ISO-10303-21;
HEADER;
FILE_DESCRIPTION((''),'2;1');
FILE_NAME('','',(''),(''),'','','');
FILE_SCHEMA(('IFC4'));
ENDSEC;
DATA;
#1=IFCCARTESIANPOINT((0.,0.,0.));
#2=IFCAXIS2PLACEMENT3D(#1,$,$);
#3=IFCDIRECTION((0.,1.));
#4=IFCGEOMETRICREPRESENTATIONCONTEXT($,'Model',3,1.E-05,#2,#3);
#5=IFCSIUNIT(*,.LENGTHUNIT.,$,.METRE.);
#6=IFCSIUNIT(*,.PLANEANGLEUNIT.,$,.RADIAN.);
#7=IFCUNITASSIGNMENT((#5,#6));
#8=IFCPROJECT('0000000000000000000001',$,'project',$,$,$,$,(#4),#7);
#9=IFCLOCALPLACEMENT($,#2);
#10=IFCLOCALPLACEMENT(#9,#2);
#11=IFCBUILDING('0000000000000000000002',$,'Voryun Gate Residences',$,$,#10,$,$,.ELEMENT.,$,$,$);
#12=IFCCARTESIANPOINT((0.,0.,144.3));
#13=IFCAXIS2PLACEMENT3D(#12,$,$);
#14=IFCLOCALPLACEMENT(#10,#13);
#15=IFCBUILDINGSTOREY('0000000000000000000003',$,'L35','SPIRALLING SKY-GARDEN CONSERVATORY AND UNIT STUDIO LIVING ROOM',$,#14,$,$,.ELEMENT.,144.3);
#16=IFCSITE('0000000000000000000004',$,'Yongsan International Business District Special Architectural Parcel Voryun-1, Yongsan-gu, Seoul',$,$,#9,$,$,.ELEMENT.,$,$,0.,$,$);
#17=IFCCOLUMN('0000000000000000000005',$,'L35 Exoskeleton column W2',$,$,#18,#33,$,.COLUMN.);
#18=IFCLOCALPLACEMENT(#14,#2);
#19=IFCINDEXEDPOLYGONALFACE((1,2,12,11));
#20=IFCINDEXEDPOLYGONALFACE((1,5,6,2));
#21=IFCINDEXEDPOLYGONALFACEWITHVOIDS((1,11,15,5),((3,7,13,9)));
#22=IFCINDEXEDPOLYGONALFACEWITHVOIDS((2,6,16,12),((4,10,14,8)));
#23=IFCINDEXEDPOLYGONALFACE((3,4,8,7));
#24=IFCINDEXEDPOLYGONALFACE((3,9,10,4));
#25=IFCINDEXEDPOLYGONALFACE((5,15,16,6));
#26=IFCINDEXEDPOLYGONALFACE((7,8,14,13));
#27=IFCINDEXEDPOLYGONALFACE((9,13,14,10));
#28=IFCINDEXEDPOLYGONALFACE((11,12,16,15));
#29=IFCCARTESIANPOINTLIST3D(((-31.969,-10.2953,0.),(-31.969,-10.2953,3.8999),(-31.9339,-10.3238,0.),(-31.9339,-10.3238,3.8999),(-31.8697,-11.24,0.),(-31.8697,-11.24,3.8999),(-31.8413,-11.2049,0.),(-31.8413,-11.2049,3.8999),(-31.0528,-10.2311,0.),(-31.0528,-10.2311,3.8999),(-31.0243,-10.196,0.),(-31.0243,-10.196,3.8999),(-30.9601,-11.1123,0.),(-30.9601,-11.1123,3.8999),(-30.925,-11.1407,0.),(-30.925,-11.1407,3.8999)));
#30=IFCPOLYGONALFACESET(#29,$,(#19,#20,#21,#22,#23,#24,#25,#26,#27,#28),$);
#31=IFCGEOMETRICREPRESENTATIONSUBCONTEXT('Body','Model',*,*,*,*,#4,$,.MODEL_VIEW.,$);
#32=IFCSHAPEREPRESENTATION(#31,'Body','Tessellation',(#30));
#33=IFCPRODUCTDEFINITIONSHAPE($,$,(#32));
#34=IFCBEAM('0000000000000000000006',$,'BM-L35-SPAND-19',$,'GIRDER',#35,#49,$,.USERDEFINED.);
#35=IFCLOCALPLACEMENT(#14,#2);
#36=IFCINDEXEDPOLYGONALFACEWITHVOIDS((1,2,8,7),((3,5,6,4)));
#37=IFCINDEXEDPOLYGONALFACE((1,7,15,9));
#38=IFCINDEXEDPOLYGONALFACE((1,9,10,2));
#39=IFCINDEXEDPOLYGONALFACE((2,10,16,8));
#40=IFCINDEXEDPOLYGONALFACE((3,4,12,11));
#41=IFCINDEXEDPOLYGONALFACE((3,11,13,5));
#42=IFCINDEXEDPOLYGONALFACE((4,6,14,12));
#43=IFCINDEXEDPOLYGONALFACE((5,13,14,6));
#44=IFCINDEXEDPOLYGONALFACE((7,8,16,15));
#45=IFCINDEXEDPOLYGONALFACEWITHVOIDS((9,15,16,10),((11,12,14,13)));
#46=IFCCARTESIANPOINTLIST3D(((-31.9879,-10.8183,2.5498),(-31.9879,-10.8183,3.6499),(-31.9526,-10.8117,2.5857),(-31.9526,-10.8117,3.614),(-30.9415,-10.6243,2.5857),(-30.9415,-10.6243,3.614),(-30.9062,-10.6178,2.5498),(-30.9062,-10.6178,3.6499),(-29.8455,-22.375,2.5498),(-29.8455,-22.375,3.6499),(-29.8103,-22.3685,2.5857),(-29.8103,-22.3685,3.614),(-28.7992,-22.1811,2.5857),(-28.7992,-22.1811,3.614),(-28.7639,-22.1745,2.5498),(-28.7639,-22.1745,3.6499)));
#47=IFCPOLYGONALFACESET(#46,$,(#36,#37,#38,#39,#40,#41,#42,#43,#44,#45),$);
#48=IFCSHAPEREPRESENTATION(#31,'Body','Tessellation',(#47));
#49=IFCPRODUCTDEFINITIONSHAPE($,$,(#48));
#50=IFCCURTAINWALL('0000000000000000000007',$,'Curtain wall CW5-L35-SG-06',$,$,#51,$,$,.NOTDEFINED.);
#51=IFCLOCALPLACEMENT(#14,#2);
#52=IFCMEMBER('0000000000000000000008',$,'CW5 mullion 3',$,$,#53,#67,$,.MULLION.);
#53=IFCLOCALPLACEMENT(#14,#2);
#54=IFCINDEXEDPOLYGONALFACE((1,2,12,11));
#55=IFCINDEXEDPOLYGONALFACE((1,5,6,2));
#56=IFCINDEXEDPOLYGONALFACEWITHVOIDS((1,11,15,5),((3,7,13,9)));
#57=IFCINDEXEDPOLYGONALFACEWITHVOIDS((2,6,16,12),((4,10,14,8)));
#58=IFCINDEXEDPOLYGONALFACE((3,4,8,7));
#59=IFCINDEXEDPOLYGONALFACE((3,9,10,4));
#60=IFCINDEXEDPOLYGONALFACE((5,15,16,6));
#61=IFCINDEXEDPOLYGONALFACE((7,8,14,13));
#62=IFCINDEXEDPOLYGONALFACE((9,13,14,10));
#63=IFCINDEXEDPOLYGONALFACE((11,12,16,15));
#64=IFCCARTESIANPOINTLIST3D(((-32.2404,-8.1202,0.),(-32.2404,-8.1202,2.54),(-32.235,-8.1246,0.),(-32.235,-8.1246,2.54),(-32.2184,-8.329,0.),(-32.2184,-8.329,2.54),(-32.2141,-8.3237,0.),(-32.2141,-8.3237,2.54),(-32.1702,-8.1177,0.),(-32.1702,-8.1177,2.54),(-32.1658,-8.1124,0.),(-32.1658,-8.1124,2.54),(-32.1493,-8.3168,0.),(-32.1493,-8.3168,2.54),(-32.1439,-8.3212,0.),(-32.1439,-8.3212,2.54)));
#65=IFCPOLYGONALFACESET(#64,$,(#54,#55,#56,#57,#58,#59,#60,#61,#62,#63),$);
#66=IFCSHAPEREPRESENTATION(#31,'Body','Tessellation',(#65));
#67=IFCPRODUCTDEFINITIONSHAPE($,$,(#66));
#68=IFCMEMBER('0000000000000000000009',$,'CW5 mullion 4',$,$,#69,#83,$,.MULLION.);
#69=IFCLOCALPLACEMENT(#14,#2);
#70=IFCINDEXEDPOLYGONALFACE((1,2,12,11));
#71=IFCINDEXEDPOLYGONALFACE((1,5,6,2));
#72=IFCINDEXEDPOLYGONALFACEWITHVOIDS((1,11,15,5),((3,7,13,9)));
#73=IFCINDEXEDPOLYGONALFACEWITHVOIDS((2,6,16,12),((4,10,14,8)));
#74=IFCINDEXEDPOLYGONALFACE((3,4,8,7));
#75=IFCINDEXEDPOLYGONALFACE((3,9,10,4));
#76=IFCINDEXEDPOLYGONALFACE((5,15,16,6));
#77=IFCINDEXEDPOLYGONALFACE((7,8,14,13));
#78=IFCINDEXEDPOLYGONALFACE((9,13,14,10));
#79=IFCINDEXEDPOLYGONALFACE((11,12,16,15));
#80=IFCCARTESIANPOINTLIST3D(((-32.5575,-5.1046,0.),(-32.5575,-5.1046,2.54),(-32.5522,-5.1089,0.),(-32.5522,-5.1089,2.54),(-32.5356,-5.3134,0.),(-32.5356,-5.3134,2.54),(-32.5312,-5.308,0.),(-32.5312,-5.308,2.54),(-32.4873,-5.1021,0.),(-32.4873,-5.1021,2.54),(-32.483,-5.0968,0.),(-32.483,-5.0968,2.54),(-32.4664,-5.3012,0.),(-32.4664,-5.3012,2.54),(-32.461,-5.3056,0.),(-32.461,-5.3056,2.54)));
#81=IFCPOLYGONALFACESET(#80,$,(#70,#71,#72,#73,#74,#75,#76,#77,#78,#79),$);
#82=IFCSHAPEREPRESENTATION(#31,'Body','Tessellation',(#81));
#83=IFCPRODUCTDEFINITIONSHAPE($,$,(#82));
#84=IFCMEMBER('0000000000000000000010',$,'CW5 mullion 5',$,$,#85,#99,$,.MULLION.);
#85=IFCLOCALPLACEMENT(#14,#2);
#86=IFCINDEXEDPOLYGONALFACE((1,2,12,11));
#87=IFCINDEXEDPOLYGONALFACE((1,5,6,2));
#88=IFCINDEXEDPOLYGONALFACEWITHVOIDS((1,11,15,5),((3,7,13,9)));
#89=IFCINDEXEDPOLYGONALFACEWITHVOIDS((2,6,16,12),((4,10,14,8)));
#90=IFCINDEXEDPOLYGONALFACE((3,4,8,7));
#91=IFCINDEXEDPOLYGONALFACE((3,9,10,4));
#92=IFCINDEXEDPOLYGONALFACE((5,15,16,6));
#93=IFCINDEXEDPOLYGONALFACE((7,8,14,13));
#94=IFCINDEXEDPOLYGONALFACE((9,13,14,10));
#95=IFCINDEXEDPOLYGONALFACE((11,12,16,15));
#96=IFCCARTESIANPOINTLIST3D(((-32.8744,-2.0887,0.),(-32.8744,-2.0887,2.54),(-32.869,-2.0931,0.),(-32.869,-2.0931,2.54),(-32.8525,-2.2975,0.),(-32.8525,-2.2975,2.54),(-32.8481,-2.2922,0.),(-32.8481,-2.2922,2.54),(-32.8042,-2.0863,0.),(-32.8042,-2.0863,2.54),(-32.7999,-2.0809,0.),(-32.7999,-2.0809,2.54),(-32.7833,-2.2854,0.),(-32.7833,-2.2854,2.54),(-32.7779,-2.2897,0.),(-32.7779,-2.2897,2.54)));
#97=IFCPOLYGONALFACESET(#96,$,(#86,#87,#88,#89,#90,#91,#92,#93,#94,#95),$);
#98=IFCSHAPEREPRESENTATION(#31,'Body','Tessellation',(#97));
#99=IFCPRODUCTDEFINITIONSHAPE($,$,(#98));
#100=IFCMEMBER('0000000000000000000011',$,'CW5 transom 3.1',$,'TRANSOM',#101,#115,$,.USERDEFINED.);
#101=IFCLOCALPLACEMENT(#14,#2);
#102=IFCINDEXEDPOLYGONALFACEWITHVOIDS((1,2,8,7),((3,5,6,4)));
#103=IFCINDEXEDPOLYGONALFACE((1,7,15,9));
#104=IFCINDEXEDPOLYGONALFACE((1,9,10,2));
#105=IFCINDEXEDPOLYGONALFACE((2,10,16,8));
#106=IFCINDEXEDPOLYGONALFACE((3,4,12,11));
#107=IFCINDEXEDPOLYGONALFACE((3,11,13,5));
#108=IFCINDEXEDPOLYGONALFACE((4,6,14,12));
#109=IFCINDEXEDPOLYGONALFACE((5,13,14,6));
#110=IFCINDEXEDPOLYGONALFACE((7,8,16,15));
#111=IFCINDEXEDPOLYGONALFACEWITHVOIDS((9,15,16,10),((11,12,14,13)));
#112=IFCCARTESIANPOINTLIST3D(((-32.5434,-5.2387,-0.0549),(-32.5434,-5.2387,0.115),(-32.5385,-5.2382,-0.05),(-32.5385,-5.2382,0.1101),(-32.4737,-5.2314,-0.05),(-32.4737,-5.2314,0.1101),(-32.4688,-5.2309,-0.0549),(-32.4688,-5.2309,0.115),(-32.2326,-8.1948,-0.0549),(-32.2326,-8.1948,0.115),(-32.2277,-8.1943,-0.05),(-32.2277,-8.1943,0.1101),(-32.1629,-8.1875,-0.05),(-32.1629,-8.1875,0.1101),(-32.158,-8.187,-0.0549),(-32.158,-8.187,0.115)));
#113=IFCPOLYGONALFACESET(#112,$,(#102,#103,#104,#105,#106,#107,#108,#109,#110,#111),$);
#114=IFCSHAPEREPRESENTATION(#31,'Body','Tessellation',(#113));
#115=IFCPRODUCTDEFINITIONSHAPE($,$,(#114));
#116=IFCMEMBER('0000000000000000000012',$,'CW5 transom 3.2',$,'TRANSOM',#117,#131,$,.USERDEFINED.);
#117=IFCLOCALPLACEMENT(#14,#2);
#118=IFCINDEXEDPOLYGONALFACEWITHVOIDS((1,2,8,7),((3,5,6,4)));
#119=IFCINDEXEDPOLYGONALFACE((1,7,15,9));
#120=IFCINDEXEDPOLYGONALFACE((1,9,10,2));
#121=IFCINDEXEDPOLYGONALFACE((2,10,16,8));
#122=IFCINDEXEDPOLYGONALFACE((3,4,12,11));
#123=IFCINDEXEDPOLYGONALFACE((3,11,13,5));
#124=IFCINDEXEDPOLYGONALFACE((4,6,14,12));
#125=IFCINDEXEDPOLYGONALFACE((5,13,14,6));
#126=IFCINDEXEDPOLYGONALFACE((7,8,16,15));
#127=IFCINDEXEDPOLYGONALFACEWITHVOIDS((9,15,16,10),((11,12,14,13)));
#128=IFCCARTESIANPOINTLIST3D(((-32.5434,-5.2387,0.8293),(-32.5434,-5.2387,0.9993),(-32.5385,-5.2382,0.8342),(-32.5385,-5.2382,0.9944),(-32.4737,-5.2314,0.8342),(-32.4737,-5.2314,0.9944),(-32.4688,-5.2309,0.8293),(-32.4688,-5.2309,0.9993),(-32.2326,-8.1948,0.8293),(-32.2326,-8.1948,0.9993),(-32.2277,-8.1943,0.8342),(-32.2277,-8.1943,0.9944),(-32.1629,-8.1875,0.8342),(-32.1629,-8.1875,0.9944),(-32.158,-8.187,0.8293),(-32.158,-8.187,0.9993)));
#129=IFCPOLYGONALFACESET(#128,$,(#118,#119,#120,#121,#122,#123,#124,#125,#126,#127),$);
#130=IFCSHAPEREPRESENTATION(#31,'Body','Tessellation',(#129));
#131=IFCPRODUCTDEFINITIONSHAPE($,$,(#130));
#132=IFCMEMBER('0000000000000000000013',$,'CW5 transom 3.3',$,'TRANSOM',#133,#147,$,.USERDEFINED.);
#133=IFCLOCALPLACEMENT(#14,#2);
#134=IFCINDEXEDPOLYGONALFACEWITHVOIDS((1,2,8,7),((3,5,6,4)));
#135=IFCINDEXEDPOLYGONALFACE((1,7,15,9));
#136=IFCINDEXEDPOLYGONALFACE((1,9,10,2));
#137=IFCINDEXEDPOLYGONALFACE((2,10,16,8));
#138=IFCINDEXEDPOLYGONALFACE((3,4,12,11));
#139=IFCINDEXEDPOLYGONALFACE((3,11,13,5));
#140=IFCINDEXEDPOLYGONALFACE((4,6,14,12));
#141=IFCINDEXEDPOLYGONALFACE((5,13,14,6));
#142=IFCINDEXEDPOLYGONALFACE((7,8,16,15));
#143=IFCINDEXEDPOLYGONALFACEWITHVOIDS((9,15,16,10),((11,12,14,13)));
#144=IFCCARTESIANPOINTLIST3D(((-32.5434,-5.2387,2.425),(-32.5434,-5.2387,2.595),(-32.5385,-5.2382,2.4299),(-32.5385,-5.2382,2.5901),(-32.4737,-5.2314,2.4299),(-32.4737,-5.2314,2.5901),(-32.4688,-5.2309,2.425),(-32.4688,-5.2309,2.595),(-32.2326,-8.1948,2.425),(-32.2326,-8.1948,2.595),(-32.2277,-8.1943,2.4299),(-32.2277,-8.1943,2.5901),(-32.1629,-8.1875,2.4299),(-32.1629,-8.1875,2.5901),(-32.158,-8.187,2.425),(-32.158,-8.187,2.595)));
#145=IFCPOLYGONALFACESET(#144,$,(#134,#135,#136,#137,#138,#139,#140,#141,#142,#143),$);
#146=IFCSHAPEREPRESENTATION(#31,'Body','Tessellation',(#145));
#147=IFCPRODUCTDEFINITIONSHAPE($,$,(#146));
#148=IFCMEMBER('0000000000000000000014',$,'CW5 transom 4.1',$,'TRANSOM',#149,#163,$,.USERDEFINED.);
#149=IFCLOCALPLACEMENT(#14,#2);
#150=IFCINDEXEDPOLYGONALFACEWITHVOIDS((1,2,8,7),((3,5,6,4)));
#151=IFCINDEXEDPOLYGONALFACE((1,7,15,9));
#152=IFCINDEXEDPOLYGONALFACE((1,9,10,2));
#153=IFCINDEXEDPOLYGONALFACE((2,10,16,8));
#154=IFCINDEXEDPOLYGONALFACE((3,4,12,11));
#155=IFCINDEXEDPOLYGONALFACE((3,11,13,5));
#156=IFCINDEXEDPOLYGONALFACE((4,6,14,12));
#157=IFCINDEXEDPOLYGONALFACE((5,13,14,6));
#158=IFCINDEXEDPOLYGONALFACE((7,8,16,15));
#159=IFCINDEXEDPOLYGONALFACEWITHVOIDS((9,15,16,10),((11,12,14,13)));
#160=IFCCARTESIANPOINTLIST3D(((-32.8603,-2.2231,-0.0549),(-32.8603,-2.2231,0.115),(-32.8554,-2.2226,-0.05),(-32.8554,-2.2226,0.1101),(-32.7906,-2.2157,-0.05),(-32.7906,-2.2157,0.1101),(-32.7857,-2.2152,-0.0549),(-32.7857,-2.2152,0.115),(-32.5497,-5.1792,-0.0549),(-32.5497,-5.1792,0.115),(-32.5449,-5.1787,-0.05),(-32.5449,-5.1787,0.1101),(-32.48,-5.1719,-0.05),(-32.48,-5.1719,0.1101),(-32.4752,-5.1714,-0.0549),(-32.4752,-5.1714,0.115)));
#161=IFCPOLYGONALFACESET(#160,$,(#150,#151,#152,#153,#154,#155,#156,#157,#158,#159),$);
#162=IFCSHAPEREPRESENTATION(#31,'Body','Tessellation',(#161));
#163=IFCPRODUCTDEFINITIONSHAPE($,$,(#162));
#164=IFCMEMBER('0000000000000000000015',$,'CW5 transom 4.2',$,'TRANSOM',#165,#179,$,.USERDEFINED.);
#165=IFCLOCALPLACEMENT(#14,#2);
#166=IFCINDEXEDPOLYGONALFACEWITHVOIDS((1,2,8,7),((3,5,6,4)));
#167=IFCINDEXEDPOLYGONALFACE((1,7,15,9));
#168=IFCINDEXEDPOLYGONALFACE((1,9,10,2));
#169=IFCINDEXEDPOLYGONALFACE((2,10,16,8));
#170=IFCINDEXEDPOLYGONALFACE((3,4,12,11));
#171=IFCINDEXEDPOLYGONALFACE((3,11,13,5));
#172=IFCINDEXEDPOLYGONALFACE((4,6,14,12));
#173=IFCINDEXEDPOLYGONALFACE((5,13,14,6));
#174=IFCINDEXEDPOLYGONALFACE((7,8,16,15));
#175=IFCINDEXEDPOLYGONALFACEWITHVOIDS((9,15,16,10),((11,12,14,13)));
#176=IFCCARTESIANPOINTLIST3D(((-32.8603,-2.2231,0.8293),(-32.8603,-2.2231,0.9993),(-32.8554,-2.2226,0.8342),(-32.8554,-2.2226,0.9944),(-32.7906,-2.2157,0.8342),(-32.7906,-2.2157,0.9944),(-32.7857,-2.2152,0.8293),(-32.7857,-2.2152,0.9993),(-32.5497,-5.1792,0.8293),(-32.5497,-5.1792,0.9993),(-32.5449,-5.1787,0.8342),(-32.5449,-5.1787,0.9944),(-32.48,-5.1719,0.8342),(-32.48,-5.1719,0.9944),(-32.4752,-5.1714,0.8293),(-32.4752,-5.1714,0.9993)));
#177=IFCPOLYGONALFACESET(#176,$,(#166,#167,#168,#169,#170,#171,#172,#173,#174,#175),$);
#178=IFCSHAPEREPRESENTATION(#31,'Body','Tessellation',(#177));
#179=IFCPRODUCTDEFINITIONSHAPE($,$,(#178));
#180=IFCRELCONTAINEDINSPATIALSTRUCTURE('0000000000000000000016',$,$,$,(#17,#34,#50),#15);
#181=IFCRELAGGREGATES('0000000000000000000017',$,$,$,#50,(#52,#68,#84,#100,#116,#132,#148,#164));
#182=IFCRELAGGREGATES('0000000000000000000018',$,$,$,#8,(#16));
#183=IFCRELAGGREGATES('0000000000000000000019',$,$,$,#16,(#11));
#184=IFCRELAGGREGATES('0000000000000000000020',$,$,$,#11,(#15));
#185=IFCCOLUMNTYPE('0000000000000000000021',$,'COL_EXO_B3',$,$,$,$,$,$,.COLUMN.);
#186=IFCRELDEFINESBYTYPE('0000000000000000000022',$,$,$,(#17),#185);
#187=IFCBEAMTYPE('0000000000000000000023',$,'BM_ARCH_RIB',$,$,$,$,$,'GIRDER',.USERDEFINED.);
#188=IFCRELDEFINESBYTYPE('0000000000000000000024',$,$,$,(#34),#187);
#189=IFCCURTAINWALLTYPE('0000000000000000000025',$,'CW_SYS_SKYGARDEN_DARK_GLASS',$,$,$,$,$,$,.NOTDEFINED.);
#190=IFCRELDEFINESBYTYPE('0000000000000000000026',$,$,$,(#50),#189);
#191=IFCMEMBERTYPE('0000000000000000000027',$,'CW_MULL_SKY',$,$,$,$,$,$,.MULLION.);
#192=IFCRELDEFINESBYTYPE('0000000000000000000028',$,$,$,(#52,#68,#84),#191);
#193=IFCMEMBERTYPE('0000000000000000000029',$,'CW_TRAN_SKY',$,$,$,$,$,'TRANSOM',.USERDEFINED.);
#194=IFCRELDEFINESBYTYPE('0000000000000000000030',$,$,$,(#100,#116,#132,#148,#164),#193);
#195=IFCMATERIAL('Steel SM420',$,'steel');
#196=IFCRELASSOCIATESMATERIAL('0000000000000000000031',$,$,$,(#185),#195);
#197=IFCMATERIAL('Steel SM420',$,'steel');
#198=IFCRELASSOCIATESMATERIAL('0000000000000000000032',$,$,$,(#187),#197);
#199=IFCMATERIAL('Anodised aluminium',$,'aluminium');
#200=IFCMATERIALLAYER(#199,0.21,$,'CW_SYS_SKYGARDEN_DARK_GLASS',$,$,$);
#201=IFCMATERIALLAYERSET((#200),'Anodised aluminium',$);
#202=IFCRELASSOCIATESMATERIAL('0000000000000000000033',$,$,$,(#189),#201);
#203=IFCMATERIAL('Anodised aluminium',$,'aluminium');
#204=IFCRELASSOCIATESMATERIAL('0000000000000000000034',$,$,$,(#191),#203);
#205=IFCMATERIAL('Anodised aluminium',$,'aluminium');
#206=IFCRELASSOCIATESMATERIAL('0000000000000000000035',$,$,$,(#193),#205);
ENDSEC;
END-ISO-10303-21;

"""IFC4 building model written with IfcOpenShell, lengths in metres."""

from ifc_helpers import new_model, si_unit, direction, frame, origin, origin_2d, place, context, subcontext, project, spatial, hollow_rectangle, extrude, material, layer, layer_set, material_profile, profile_set, type_object, element, aggregate, save


model = new_model("IFC4")

# Units and contexts
model_context = context("Model", 3, precision=1e-05, world=origin(), true_north=direction((0.0, 1.0)))
body_context = subcontext(model_context, "Body", "Model", "MODEL_VIEW")
ifc_project = project(units=[si_unit("LENGTHUNIT", "METRE"), si_unit("PLANEANGLEUNIT", "RADIAN")], contexts=[model_context])

# Site, building, storey
site_placement = place(None, origin())
site = spatial("IfcSite", under=ifc_project, at=site_placement, Name="Yongsan International Business District Special Architectural Parcel Voryun-1, Yongsan-gu, Seoul", CompositionType="ELEMENT", RefElevation=0.0)
building_placement = place(site_placement, origin())
building = spatial("IfcBuilding", under=site, at=building_placement, Name="Voryun Gate Residences", CompositionType="ELEMENT")
storey_placement = place(building_placement, frame((0.0, 0.0, 144.3)))
storey = spatial("IfcBuildingStorey", under=building, at=storey_placement, Name="L35", Description="SPIRALLING SKY-GARDEN CONSERVATORY AND UNIT STUDIO LIVING ROOM", CompositionType="ELEMENT", Elevation=144.3)

# Column
ifc_material_1 = material(Name="Steel SM420", Category="steel")
ifc_material_profile_1 = material_profile(ifc_material_1, hollow_rectangle(XDim=0.95, YDim=0.95, WallThickness=0.032, at=origin_2d()), Name="BOX-950x950x32")
ifc_profile_set_1 = profile_set([ifc_material_profile_1], Name="Steel SM420")
column_type = type_object("IfcColumnType", Name="COL_EXO_B3", PredefinedType="COLUMN", material=ifc_profile_set_1)
column_placement = place(storey_placement, frame((-31.447, -10.718, 0.0), z_axis=(0.0, 0.0, 1.0), x_axis=(0.994522, 0.104528, 0.0)))
element("IfcColumn", 1, at=column_placement, inside=storey, type_object=column_type, Name="L35 Exoskeleton column W2", PredefinedType="COLUMN", context=body_context, shape_type="SweptSolid", body=[
    extrude(hollow_rectangle(XDim=0.95, YDim=0.95, WallThickness=0.032, at=origin_2d()), origin(), (0.0, 0.0, 1.0), 3.8999),
])

# Beam
ifc_material_2 = material(Name="Steel SM420", Category="steel")
ifc_material_profile_2 = material_profile(ifc_material_2, hollow_rectangle(XDim=1.1001, YDim=1.1001, WallThickness=0.0359, at=origin_2d()), Name="BOX-1100x1100x36")
ifc_profile_set_2 = profile_set([ifc_material_profile_2], Name="Steel SM420")
beam_type = type_object("IfcBeamType", Name="BM_ARCH_RIB", ElementType="GIRDER", PredefinedType="USERDEFINED", material=ifc_profile_set_2)
beam_placement = place(storey_placement, frame((-31.447, -10.718, 3.0999), z_axis=(0.182268, -0.983249, 0.0), x_axis=(0.983249, 0.182268, 0.0)))
element("IfcBeam", 2, at=beam_placement, inside=storey, type_object=beam_type, Name="BM-L35-SPAND-19", ObjectType="GIRDER", PredefinedType="USERDEFINED", context=body_context, shape_type="SweptSolid", body=[
    extrude(hollow_rectangle(XDim=1.1001, YDim=1.1001, WallThickness=0.0359, at=origin_2d()), origin(), (0.0, 0.0, 1.0), 11.7537),
])

# Curtain wall, members
ifc_material_3 = material(Name="Anodised aluminium", Category="aluminium")
ifc_layer_1 = layer(ifc_material_3, 0.21, Name="CW_SYS_SKYGARDEN_DARK_GLASS")
ifc_layer_set_1 = layer_set([ifc_layer_1], Name="Anodised aluminium")
curtain_wall_type = type_object("IfcCurtainWallType", Name="CW_SYS_SKYGARDEN_DARK_GLASS", PredefinedType="NOTDEFINED", material=ifc_layer_set_1)
curtain_wall_placement = place(storey_placement, origin())
curtain_wall = element("IfcCurtainWall", 3, at=curtain_wall_placement, inside=storey, type_object=curtain_wall_type, Name="Curtain wall CW5-L35-SG-06", PredefinedType="NOTDEFINED")
ifc_material_4 = material(Name="Anodised aluminium", Category="aluminium")
ifc_material_profile_3 = material_profile(ifc_material_4, hollow_rectangle(XDim=0.075, YDim=0.21, WallThickness=0.0049, at=origin_2d()), Name="ALU-MULL-210x75x5")
ifc_profile_set_3 = profile_set([ifc_material_profile_3], Name="Anodised aluminium")
member_type_1 = type_object("IfcMemberType", Name="CW_MULL_SKY", PredefinedType="MULLION", material=ifc_profile_set_3)
member_1_placement = place(storey_placement, frame((-32.1921, -8.2207, 0.0), z_axis=(0.0, 0.0, 1.0), x_axis=(-0.994522, -0.10453, 0.0)))
member_1 = element("IfcMember", 4, at=member_1_placement, type_object=member_type_1, Name="CW5 mullion 3", PredefinedType="MULLION", context=body_context, shape_type="SweptSolid", body=[
    extrude(hollow_rectangle(XDim=0.075, YDim=0.21, WallThickness=0.0049, at=origin_2d()), origin(), (0.0, 0.0, 1.0), 2.54),
])
member_2_placement = place(storey_placement, frame((-32.5093, -5.2051, 0.0), z_axis=(0.0, 0.0, 1.0), x_axis=(-0.994522, -0.10453, 0.0)))
member_2 = element("IfcMember", 5, at=member_2_placement, type_object=member_type_1, Name="CW5 mullion 4", PredefinedType="MULLION", context=body_context, shape_type="SweptSolid", body=[
    extrude(hollow_rectangle(XDim=0.075, YDim=0.21, WallThickness=0.0049, at=origin_2d()), origin(), (0.0, 0.0, 1.0), 2.54),
])
member_3_placement = place(storey_placement, frame((-32.8262, -2.1892, 0.0), z_axis=(0.0, 0.0, 1.0), x_axis=(-0.994522, -0.10453, 0.0)))
member_3 = element("IfcMember", 6, at=member_3_placement, type_object=member_type_1, Name="CW5 mullion 5", PredefinedType="MULLION", context=body_context, shape_type="SweptSolid", body=[
    extrude(hollow_rectangle(XDim=0.075, YDim=0.21, WallThickness=0.0049, at=origin_2d()), origin(), (0.0, 0.0, 1.0), 2.54),
])
ifc_material_5 = material(Name="Anodised aluminium", Category="aluminium")
ifc_material_profile_4 = material_profile(ifc_material_5, hollow_rectangle(XDim=0.075, YDim=0.1699, WallThickness=0.0049, at=origin_2d()), Name="ALU-TRAN-170x75x5")
ifc_profile_set_4 = profile_set([ifc_material_profile_4], Name="Anodised aluminium")
member_type_2 = type_object("IfcMemberType", Name="CW_TRAN_SKY", ElementType="TRANSOM", PredefinedType="USERDEFINED", material=ifc_profile_set_4)
member_4_placement = place(storey_placement, frame((-32.1953, -8.1909, 0.03), z_axis=(-0.104561, 0.994518, 0.0), x_axis=(-0.994518, -0.104561, 0.0)))
member_4 = element("IfcMember", 7, at=member_4_placement, type_object=member_type_2, Name="CW5 transom 3.1", ObjectType="TRANSOM", PredefinedType="USERDEFINED", context=body_context, shape_type="SweptSolid", body=[
    extrude(hollow_rectangle(XDim=0.075, YDim=0.1699, WallThickness=0.0049, at=origin_2d()), origin(), (0.0, 0.0, 1.0), 2.9724),
])
member_5_placement = place(storey_placement, frame((-32.1953, -8.1909, 0.9143), z_axis=(-0.104561, 0.994518, 0.0), x_axis=(-0.994518, -0.104561, 0.0)))
member_5 = element("IfcMember", 8, at=member_5_placement, type_object=member_type_2, Name="CW5 transom 3.2", ObjectType="TRANSOM", PredefinedType="USERDEFINED", context=body_context, shape_type="SweptSolid", body=[
    extrude(hollow_rectangle(XDim=0.075, YDim=0.1699, WallThickness=0.0049, at=origin_2d()), origin(), (0.0, 0.0, 1.0), 2.9724),
])
member_6_placement = place(storey_placement, frame((-32.1953, -8.1909, 2.51), z_axis=(-0.104561, 0.994518, 0.0), x_axis=(-0.994518, -0.104561, 0.0)))
member_6 = element("IfcMember", 9, at=member_6_placement, type_object=member_type_2, Name="CW5 transom 3.3", ObjectType="TRANSOM", PredefinedType="USERDEFINED", context=body_context, shape_type="SweptSolid", body=[
    extrude(hollow_rectangle(XDim=0.075, YDim=0.1699, WallThickness=0.0049, at=origin_2d()), origin(), (0.0, 0.0, 1.0), 2.9724),
])
member_7_placement = place(storey_placement, frame((-32.5125, -5.1753, 0.03), z_axis=(-0.10448, 0.994527, 0.0), x_axis=(-0.994527, -0.10448, 0.0)))
member_7 = element("IfcMember", 10, at=member_7_placement, type_object=member_type_2, Name="CW5 transom 4.1", ObjectType="TRANSOM", PredefinedType="USERDEFINED", context=body_context, shape_type="SweptSolid", body=[
    extrude(hollow_rectangle(XDim=0.075, YDim=0.1699, WallThickness=0.0049, at=origin_2d()), origin(), (0.0, 0.0, 1.0), 2.9724),
])
member_8_placement = place(storey_placement, frame((-32.5125, -5.1753, 0.9143), z_axis=(-0.10448, 0.994527, 0.0), x_axis=(-0.994527, -0.10448, 0.0)))
member_8 = element("IfcMember", 11, at=member_8_placement, type_object=member_type_2, Name="CW5 transom 4.2", ObjectType="TRANSOM", PredefinedType="USERDEFINED", context=body_context, shape_type="SweptSolid", body=[
    extrude(hollow_rectangle(XDim=0.075, YDim=0.1699, WallThickness=0.0049, at=origin_2d()), origin(), (0.0, 0.0, 1.0), 2.9724),
])

aggregate(curtain_wall, [member_1, member_2, member_3, member_4, member_5, member_6, member_7, member_8])

save(model, "model.ifc")
